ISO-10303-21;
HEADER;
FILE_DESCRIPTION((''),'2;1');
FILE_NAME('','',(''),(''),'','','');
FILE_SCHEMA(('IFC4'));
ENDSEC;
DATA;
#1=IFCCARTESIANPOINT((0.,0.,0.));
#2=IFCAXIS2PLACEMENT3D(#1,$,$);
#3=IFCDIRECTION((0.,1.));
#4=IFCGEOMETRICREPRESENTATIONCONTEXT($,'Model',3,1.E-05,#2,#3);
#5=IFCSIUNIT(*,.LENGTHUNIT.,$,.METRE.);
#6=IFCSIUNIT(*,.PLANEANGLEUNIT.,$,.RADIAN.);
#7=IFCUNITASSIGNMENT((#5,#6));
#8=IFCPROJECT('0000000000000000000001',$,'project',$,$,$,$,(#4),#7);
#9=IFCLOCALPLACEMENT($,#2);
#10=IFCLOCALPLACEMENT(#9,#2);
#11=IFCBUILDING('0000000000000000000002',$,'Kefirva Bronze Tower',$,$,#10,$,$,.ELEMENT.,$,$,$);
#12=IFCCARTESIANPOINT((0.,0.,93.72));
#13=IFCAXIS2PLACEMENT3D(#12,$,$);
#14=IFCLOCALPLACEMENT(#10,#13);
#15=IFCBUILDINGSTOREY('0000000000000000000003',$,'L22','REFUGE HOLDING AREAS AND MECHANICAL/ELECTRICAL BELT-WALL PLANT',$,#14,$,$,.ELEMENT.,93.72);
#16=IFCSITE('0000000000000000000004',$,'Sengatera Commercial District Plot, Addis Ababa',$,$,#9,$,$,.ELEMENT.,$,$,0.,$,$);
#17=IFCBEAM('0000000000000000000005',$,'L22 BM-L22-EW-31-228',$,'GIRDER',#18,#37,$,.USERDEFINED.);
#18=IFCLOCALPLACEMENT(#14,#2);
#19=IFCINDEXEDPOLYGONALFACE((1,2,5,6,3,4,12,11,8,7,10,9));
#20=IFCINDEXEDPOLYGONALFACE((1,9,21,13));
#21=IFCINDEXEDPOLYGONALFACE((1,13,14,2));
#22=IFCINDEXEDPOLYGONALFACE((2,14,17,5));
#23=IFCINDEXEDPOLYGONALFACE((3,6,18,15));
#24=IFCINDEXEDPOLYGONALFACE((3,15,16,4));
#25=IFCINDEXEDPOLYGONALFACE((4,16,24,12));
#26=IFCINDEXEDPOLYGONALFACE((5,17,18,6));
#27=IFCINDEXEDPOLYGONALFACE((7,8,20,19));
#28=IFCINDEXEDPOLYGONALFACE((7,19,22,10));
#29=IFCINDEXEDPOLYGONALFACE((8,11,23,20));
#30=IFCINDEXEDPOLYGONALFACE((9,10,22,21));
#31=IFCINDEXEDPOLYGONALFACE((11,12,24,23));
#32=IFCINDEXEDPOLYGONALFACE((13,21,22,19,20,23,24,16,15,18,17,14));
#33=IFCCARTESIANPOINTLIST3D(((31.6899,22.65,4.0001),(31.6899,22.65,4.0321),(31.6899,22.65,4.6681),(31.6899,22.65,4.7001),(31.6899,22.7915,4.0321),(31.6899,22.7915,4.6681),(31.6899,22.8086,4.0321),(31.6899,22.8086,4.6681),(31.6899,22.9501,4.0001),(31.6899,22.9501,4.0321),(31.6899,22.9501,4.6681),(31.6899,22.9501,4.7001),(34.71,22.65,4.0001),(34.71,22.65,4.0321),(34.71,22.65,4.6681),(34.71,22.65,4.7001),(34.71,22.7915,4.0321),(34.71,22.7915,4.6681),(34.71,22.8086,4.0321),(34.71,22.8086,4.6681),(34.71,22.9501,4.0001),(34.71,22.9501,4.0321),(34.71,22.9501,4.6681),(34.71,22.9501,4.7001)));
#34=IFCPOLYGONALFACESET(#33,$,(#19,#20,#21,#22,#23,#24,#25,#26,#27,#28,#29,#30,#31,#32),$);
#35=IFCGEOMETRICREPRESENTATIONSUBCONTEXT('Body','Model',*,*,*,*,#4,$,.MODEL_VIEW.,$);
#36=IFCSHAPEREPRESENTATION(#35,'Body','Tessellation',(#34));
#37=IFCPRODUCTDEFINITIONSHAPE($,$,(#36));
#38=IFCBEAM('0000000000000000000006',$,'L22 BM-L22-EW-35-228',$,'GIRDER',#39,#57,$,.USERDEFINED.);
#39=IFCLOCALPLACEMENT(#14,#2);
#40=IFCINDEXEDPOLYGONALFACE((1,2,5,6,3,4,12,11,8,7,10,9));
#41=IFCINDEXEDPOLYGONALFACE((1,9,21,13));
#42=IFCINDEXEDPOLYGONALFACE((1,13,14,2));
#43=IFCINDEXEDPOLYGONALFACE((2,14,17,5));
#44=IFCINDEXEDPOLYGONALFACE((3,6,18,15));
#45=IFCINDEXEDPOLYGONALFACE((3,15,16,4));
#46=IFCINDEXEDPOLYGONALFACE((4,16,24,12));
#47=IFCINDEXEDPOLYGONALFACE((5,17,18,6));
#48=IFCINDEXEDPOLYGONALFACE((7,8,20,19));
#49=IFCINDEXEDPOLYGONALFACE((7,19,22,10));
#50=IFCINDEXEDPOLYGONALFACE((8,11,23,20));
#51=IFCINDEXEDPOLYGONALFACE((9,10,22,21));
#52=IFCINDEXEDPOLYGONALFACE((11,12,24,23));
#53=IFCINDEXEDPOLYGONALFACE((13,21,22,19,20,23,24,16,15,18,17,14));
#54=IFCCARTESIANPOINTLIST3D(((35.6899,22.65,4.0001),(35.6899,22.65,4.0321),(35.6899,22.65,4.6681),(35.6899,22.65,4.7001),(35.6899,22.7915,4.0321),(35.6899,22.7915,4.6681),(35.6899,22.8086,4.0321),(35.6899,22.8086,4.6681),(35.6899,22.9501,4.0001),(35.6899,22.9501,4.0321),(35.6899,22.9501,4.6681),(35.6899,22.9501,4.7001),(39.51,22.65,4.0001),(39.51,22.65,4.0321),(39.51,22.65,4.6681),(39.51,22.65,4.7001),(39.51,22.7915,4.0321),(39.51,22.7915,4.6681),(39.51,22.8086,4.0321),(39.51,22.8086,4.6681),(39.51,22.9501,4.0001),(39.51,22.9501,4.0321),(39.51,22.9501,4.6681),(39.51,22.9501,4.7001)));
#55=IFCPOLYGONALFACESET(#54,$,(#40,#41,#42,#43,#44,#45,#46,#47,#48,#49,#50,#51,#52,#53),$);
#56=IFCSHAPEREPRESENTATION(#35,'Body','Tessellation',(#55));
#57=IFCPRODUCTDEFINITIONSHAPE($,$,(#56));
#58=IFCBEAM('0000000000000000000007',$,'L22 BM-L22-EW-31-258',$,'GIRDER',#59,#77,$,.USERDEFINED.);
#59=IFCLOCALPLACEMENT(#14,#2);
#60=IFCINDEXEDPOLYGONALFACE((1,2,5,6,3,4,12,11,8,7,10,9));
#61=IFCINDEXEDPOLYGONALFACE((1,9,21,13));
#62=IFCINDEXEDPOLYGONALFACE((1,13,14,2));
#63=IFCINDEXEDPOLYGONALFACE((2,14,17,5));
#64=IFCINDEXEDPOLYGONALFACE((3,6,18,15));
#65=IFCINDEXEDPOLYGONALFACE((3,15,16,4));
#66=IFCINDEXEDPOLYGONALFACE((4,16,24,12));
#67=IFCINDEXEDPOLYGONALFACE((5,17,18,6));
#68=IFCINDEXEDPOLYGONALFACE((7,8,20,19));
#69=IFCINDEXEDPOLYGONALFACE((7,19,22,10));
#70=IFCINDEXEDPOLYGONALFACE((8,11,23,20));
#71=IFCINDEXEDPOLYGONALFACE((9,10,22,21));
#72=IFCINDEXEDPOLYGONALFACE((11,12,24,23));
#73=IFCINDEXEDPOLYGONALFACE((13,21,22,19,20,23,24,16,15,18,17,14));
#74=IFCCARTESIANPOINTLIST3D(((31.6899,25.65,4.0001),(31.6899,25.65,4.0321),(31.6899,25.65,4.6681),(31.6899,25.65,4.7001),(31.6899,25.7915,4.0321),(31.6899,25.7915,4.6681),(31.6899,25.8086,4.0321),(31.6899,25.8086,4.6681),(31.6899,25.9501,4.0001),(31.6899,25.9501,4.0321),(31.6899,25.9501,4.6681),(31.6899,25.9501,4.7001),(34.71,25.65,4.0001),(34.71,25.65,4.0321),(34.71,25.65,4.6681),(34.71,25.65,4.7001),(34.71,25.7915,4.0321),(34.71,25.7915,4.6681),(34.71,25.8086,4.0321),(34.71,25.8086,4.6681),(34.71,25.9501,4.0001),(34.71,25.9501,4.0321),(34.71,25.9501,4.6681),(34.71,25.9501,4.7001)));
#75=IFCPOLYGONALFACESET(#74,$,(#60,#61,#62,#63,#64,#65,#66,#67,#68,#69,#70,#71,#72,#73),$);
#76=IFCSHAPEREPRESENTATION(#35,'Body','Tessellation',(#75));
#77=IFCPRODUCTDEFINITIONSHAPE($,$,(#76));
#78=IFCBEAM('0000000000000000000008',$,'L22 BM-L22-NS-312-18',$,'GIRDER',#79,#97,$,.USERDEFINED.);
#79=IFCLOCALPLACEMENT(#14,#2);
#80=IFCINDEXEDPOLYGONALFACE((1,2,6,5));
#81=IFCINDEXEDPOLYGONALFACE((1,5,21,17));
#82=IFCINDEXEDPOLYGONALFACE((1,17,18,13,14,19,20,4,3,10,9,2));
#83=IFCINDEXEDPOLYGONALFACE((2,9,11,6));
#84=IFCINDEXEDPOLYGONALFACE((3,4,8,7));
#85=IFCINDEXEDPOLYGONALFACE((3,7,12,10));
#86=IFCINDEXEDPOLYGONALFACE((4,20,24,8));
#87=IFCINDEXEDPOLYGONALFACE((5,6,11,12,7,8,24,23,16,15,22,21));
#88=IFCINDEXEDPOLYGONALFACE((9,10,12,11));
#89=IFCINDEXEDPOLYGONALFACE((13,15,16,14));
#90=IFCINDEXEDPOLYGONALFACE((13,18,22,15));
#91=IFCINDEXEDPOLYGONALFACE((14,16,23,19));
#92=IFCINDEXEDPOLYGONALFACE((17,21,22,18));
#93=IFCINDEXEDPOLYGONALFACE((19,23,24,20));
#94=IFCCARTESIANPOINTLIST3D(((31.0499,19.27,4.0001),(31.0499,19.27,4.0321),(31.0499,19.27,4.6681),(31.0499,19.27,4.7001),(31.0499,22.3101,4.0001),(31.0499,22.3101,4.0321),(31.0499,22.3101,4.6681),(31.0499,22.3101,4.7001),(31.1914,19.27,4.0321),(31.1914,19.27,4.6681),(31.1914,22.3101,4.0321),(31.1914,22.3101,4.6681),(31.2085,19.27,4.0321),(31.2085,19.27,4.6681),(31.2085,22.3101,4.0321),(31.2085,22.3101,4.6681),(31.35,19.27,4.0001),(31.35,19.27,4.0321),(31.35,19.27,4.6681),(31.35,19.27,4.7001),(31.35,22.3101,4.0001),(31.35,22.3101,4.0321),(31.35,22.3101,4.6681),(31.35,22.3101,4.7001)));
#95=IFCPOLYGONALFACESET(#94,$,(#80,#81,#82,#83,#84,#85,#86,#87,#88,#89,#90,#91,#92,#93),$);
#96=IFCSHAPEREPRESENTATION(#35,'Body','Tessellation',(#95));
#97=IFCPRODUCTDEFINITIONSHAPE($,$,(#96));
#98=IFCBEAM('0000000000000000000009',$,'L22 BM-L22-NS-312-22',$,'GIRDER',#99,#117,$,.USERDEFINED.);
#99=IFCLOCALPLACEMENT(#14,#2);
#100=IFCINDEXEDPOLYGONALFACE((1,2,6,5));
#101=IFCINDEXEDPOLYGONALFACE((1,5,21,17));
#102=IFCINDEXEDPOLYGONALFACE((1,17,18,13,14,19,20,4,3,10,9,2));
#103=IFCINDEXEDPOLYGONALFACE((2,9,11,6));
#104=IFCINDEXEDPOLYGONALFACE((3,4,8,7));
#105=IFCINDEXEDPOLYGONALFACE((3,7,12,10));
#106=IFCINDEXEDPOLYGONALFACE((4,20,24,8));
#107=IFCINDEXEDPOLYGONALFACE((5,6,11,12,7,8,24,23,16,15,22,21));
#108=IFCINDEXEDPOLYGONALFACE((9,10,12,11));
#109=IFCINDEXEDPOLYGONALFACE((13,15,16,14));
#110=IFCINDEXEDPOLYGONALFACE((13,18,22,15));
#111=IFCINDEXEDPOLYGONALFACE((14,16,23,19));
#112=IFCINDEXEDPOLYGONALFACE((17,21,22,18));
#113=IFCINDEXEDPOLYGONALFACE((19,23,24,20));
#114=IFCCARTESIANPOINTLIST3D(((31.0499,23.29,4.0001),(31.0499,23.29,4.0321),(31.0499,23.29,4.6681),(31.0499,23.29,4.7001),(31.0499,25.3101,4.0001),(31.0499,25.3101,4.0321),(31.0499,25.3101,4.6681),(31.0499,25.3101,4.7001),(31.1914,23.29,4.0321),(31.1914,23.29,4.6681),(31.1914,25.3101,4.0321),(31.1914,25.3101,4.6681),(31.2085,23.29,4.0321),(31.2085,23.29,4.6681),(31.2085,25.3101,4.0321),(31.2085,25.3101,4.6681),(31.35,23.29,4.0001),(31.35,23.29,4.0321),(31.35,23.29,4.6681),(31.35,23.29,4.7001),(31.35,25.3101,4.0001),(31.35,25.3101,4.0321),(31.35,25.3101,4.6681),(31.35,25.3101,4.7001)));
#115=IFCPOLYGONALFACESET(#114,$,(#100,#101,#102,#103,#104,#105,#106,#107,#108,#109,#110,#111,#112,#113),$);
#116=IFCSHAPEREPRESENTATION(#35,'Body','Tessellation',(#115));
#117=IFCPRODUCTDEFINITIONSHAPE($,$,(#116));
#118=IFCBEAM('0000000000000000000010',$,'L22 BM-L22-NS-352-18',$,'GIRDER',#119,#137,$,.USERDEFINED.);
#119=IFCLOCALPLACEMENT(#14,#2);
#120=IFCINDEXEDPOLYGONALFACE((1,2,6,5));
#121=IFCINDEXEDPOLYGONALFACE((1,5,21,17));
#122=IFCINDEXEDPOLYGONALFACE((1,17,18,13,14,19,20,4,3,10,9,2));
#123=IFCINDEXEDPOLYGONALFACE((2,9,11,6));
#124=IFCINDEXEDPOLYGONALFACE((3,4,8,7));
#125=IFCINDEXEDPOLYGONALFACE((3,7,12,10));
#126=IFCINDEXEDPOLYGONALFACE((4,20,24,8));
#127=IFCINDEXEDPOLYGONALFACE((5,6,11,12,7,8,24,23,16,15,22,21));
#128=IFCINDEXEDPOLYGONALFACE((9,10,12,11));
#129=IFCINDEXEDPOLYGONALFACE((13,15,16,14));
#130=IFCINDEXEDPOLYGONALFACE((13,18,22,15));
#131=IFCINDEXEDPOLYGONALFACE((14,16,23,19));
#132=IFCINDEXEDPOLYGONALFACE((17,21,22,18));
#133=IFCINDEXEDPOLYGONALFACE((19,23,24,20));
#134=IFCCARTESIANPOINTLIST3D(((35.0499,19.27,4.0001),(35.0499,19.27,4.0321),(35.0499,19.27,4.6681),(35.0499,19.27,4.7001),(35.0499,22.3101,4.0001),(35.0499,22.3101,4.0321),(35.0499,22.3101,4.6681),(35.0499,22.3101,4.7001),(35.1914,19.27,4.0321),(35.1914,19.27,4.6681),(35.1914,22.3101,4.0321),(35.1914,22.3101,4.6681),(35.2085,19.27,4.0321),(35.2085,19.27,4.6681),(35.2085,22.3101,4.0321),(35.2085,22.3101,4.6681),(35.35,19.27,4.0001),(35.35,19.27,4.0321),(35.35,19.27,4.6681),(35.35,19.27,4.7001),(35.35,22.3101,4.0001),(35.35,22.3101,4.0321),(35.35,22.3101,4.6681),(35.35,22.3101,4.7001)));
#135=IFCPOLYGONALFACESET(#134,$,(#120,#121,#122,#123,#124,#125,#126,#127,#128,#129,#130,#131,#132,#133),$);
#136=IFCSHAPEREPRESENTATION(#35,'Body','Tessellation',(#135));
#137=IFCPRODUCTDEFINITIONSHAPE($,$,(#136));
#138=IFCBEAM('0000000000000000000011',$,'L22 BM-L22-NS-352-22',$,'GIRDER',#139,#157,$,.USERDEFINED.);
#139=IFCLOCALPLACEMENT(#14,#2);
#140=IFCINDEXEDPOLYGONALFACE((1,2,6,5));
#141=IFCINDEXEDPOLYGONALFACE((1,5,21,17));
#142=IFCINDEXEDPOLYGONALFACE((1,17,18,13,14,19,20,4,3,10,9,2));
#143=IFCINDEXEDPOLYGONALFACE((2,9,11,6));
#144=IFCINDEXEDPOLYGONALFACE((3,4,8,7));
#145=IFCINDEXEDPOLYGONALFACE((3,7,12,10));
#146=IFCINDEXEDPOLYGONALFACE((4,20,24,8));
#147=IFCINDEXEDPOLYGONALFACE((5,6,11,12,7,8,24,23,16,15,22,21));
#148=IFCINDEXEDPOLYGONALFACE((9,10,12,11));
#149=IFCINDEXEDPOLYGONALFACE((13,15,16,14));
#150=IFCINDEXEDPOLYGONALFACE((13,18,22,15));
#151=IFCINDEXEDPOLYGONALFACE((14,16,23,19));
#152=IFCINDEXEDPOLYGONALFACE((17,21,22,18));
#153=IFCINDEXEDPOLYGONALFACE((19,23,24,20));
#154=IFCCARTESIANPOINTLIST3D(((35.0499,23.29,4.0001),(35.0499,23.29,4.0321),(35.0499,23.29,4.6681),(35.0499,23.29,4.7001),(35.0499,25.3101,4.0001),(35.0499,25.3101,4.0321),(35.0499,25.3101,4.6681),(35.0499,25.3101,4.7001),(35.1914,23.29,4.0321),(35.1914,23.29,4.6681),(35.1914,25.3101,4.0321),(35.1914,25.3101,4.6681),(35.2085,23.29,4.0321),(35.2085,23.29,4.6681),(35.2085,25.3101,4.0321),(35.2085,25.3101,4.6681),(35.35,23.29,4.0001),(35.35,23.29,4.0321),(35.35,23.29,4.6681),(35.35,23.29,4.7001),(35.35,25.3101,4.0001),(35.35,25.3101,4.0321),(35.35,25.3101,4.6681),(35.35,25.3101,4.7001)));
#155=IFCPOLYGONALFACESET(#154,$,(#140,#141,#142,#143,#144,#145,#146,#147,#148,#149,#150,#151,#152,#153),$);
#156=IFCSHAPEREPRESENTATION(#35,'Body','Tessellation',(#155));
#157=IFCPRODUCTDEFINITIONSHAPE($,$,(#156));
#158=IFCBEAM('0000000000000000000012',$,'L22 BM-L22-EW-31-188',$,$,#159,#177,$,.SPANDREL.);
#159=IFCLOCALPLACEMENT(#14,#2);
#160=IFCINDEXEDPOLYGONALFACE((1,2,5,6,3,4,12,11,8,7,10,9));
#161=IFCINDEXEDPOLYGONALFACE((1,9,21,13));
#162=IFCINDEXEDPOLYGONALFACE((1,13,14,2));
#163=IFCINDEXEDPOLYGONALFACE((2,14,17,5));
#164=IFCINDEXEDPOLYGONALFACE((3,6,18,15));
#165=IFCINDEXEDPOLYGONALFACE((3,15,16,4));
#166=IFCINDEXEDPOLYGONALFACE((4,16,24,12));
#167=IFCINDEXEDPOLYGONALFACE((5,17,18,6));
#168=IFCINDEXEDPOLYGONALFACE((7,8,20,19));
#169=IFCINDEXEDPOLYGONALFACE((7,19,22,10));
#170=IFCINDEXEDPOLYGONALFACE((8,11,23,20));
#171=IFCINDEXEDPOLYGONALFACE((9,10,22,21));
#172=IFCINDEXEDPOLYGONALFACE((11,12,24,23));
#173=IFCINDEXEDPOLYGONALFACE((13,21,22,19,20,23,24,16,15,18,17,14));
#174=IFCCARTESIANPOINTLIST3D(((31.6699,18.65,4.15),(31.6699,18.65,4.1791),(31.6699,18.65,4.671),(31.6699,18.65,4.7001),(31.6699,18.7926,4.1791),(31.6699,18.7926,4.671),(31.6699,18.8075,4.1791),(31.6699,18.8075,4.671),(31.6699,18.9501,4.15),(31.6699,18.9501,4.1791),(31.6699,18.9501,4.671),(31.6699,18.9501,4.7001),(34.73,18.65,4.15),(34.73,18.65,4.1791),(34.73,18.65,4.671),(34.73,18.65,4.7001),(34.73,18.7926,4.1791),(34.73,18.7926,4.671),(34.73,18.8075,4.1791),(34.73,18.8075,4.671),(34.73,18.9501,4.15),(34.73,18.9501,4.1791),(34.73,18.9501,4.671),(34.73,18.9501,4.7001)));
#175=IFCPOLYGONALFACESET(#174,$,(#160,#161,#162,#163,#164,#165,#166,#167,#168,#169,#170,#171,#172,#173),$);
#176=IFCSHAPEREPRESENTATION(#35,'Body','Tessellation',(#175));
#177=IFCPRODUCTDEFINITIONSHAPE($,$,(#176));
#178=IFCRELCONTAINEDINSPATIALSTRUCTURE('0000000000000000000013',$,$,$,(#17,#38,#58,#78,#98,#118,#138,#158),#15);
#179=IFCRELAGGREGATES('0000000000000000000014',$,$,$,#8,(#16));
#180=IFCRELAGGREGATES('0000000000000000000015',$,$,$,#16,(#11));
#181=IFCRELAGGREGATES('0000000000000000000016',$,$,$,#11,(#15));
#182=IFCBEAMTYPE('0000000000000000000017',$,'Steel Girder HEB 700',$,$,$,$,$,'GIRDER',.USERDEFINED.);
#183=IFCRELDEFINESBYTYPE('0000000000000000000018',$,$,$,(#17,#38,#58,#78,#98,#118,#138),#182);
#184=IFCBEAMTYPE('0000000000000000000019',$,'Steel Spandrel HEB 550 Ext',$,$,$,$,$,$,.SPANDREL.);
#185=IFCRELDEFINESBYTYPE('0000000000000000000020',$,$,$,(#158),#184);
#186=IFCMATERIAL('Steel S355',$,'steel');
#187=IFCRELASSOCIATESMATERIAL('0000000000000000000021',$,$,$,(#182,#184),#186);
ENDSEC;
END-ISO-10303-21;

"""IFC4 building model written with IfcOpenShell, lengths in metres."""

from ifc_helpers import new_model, si_unit, direction, frame, origin, origin_2d, place, context, subcontext, project, spatial, i_section, extrude, material, material_profile, profile_set, type_object, element, save


model = new_model("IFC4")

# Units and contexts
model_context = context("Model", 3, precision=1e-05, world=origin(), true_north=direction((0.0, 1.0)))
body_context = subcontext(model_context, "Body", "Model", "MODEL_VIEW")
ifc_project = project(units=[si_unit("LENGTHUNIT", "METRE"), si_unit("PLANEANGLEUNIT", "RADIAN")], contexts=[model_context])

# Site, building, storey
site_placement = place(None, origin())
site = spatial("IfcSite", under=ifc_project, at=site_placement, Name="Sengatera Commercial District Plot, Addis Ababa", CompositionType="ELEMENT", RefElevation=0.0)
building_placement = place(site_placement, origin())
building = spatial("IfcBuilding", under=site, at=building_placement, Name="Kefirva Bronze Tower", CompositionType="ELEMENT")
storey_placement = place(building_placement, frame((0.0, 0.0, 93.72)))
storey = spatial("IfcBuildingStorey", under=building, at=storey_placement, Name="L22", Description="REFUGE HOLDING AREAS AND MECHANICAL/ELECTRICAL BELT-WALL PLANT", CompositionType="ELEMENT", Elevation=93.72)

# Beams
ifc_material_1 = material(Name="Steel S355", Category="steel")
ifc_material_profile_1 = material_profile(ifc_material_1, i_section(OverallWidth=0.3, OverallDepth=0.7, WebThickness=0.0171, FlangeThickness=0.032, at=origin_2d()), Name="HEB 700")
ifc_profile_set_1 = profile_set([ifc_material_profile_1], Name="Steel S355")
beam_type_1 = type_object("IfcBeamType", Name="Steel Girder HEB 700", ElementType="GIRDER", PredefinedType="USERDEFINED", material=ifc_profile_set_1)
beam_1_placement = place(storey_placement, frame((31.6899, 22.8, 4.3501), z_axis=(1.0, 0.0, 0.0), x_axis=(0.0, 1.0, 0.0)))
element("IfcBeam", 1, at=beam_1_placement, inside=storey, type_object=beam_type_1, Name="L22 BM-L22-EW-31-228", ObjectType="GIRDER", PredefinedType="USERDEFINED", context=body_context, shape_type="SweptSolid", body=[
    extrude(i_section(OverallWidth=0.3, OverallDepth=0.7, WebThickness=0.0171, FlangeThickness=0.032, at=origin_2d()), origin(), (0.0, 0.0, 1.0), 3.02),
])
beam_2_placement = place(storey_placement, frame((35.6899, 22.8, 4.3501), z_axis=(1.0, 0.0, 0.0), x_axis=(0.0, 1.0, 0.0)))
element("IfcBeam", 2, at=beam_2_placement, inside=storey, type_object=beam_type_1, Name="L22 BM-L22-EW-35-228", ObjectType="GIRDER", PredefinedType="USERDEFINED", context=body_context, shape_type="SweptSolid", body=[
    extrude(i_section(OverallWidth=0.3, OverallDepth=0.7, WebThickness=0.0171, FlangeThickness=0.032, at=origin_2d()), origin(), (0.0, 0.0, 1.0), 3.8201),
])
beam_3_placement = place(storey_placement, frame((31.6899, 25.8, 4.3501), z_axis=(1.0, 0.0, 0.0), x_axis=(0.0, 1.0, 0.0)))
element("IfcBeam", 3, at=beam_3_placement, inside=storey, type_object=beam_type_1, Name="L22 BM-L22-EW-31-258", ObjectType="GIRDER", PredefinedType="USERDEFINED", context=body_context, shape_type="SweptSolid", body=[
    extrude(i_section(OverallWidth=0.3, OverallDepth=0.7, WebThickness=0.0171, FlangeThickness=0.032, at=origin_2d()), origin(), (0.0, 0.0, 1.0), 3.02),
])
beam_4_placement = place(storey_placement, frame((31.2, 19.27, 4.3501), z_axis=(0.0, 1.0, 0.0), x_axis=(-1.0, 0.0, 0.0)))
element("IfcBeam", 4, at=beam_4_placement, inside=storey, type_object=beam_type_1, Name="L22 BM-L22-NS-312-18", ObjectType="GIRDER", PredefinedType="USERDEFINED", context=body_context, shape_type="SweptSolid", body=[
    extrude(i_section(OverallWidth=0.3, OverallDepth=0.7, WebThickness=0.0171, FlangeThickness=0.032, at=origin_2d()), origin(), (0.0, 0.0, 1.0), 3.04),
])
beam_5_placement = place(storey_placement, frame((31.2, 23.29, 4.3501), z_axis=(0.0, 1.0, 0.0), x_axis=(-1.0, 0.0, 0.0)))
element("IfcBeam", 5, at=beam_5_placement, inside=storey, type_object=beam_type_1, Name="L22 BM-L22-NS-312-22", ObjectType="GIRDER", PredefinedType="USERDEFINED", context=body_context, shape_type="SweptSolid", body=[
    extrude(i_section(OverallWidth=0.3, OverallDepth=0.7, WebThickness=0.0171, FlangeThickness=0.032, at=origin_2d()), origin(), (0.0, 0.0, 1.0), 2.02),
])
beam_6_placement = place(storey_placement, frame((35.2, 19.27, 4.3501), z_axis=(0.0, 1.0, 0.0), x_axis=(-1.0, 0.0, 0.0)))
element("IfcBeam", 6, at=beam_6_placement, inside=storey, type_object=beam_type_1, Name="L22 BM-L22-NS-352-18", ObjectType="GIRDER", PredefinedType="USERDEFINED", context=body_context, shape_type="SweptSolid", body=[
    extrude(i_section(OverallWidth=0.3, OverallDepth=0.7, WebThickness=0.0171, FlangeThickness=0.032, at=origin_2d()), origin(), (0.0, 0.0, 1.0), 3.04),
])
beam_7_placement = place(storey_placement, frame((35.2, 23.29, 4.3501), z_axis=(0.0, 1.0, 0.0), x_axis=(-1.0, 0.0, 0.0)))
element("IfcBeam", 7, at=beam_7_placement, inside=storey, type_object=beam_type_1, Name="L22 BM-L22-NS-352-22", ObjectType="GIRDER", PredefinedType="USERDEFINED", context=body_context, shape_type="SweptSolid", body=[
    extrude(i_section(OverallWidth=0.3, OverallDepth=0.7, WebThickness=0.0171, FlangeThickness=0.032, at=origin_2d()), origin(), (0.0, 0.0, 1.0), 2.02),
])
ifc_material_profile_2 = material_profile(ifc_material_1, i_section(OverallWidth=0.3, OverallDepth=0.55, WebThickness=0.0149, FlangeThickness=0.0291, at=origin_2d()), Name="HEB 550")
ifc_profile_set_2 = profile_set([ifc_material_profile_2], Name="Steel S355")
beam_type_2 = type_object("IfcBeamType", Name="Steel Spandrel HEB 550 Ext", PredefinedType="SPANDREL", material=ifc_profile_set_2)
beam_8_placement = place(storey_placement, frame((31.6699, 18.8, 4.425), z_axis=(1.0, 0.0, 0.0), x_axis=(0.0, 1.0, 0.0)))
element("IfcBeam", 8, at=beam_8_placement, inside=storey, type_object=beam_type_2, Name="L22 BM-L22-EW-31-188", PredefinedType="SPANDREL", context=body_context, shape_type="SweptSolid", body=[
    extrude(i_section(OverallWidth=0.3, OverallDepth=0.55, WebThickness=0.0149, FlangeThickness=0.0291, at=origin_2d()), origin(), (0.0, 0.0, 1.0), 3.0601),
])

save(model, "model.ifc")
